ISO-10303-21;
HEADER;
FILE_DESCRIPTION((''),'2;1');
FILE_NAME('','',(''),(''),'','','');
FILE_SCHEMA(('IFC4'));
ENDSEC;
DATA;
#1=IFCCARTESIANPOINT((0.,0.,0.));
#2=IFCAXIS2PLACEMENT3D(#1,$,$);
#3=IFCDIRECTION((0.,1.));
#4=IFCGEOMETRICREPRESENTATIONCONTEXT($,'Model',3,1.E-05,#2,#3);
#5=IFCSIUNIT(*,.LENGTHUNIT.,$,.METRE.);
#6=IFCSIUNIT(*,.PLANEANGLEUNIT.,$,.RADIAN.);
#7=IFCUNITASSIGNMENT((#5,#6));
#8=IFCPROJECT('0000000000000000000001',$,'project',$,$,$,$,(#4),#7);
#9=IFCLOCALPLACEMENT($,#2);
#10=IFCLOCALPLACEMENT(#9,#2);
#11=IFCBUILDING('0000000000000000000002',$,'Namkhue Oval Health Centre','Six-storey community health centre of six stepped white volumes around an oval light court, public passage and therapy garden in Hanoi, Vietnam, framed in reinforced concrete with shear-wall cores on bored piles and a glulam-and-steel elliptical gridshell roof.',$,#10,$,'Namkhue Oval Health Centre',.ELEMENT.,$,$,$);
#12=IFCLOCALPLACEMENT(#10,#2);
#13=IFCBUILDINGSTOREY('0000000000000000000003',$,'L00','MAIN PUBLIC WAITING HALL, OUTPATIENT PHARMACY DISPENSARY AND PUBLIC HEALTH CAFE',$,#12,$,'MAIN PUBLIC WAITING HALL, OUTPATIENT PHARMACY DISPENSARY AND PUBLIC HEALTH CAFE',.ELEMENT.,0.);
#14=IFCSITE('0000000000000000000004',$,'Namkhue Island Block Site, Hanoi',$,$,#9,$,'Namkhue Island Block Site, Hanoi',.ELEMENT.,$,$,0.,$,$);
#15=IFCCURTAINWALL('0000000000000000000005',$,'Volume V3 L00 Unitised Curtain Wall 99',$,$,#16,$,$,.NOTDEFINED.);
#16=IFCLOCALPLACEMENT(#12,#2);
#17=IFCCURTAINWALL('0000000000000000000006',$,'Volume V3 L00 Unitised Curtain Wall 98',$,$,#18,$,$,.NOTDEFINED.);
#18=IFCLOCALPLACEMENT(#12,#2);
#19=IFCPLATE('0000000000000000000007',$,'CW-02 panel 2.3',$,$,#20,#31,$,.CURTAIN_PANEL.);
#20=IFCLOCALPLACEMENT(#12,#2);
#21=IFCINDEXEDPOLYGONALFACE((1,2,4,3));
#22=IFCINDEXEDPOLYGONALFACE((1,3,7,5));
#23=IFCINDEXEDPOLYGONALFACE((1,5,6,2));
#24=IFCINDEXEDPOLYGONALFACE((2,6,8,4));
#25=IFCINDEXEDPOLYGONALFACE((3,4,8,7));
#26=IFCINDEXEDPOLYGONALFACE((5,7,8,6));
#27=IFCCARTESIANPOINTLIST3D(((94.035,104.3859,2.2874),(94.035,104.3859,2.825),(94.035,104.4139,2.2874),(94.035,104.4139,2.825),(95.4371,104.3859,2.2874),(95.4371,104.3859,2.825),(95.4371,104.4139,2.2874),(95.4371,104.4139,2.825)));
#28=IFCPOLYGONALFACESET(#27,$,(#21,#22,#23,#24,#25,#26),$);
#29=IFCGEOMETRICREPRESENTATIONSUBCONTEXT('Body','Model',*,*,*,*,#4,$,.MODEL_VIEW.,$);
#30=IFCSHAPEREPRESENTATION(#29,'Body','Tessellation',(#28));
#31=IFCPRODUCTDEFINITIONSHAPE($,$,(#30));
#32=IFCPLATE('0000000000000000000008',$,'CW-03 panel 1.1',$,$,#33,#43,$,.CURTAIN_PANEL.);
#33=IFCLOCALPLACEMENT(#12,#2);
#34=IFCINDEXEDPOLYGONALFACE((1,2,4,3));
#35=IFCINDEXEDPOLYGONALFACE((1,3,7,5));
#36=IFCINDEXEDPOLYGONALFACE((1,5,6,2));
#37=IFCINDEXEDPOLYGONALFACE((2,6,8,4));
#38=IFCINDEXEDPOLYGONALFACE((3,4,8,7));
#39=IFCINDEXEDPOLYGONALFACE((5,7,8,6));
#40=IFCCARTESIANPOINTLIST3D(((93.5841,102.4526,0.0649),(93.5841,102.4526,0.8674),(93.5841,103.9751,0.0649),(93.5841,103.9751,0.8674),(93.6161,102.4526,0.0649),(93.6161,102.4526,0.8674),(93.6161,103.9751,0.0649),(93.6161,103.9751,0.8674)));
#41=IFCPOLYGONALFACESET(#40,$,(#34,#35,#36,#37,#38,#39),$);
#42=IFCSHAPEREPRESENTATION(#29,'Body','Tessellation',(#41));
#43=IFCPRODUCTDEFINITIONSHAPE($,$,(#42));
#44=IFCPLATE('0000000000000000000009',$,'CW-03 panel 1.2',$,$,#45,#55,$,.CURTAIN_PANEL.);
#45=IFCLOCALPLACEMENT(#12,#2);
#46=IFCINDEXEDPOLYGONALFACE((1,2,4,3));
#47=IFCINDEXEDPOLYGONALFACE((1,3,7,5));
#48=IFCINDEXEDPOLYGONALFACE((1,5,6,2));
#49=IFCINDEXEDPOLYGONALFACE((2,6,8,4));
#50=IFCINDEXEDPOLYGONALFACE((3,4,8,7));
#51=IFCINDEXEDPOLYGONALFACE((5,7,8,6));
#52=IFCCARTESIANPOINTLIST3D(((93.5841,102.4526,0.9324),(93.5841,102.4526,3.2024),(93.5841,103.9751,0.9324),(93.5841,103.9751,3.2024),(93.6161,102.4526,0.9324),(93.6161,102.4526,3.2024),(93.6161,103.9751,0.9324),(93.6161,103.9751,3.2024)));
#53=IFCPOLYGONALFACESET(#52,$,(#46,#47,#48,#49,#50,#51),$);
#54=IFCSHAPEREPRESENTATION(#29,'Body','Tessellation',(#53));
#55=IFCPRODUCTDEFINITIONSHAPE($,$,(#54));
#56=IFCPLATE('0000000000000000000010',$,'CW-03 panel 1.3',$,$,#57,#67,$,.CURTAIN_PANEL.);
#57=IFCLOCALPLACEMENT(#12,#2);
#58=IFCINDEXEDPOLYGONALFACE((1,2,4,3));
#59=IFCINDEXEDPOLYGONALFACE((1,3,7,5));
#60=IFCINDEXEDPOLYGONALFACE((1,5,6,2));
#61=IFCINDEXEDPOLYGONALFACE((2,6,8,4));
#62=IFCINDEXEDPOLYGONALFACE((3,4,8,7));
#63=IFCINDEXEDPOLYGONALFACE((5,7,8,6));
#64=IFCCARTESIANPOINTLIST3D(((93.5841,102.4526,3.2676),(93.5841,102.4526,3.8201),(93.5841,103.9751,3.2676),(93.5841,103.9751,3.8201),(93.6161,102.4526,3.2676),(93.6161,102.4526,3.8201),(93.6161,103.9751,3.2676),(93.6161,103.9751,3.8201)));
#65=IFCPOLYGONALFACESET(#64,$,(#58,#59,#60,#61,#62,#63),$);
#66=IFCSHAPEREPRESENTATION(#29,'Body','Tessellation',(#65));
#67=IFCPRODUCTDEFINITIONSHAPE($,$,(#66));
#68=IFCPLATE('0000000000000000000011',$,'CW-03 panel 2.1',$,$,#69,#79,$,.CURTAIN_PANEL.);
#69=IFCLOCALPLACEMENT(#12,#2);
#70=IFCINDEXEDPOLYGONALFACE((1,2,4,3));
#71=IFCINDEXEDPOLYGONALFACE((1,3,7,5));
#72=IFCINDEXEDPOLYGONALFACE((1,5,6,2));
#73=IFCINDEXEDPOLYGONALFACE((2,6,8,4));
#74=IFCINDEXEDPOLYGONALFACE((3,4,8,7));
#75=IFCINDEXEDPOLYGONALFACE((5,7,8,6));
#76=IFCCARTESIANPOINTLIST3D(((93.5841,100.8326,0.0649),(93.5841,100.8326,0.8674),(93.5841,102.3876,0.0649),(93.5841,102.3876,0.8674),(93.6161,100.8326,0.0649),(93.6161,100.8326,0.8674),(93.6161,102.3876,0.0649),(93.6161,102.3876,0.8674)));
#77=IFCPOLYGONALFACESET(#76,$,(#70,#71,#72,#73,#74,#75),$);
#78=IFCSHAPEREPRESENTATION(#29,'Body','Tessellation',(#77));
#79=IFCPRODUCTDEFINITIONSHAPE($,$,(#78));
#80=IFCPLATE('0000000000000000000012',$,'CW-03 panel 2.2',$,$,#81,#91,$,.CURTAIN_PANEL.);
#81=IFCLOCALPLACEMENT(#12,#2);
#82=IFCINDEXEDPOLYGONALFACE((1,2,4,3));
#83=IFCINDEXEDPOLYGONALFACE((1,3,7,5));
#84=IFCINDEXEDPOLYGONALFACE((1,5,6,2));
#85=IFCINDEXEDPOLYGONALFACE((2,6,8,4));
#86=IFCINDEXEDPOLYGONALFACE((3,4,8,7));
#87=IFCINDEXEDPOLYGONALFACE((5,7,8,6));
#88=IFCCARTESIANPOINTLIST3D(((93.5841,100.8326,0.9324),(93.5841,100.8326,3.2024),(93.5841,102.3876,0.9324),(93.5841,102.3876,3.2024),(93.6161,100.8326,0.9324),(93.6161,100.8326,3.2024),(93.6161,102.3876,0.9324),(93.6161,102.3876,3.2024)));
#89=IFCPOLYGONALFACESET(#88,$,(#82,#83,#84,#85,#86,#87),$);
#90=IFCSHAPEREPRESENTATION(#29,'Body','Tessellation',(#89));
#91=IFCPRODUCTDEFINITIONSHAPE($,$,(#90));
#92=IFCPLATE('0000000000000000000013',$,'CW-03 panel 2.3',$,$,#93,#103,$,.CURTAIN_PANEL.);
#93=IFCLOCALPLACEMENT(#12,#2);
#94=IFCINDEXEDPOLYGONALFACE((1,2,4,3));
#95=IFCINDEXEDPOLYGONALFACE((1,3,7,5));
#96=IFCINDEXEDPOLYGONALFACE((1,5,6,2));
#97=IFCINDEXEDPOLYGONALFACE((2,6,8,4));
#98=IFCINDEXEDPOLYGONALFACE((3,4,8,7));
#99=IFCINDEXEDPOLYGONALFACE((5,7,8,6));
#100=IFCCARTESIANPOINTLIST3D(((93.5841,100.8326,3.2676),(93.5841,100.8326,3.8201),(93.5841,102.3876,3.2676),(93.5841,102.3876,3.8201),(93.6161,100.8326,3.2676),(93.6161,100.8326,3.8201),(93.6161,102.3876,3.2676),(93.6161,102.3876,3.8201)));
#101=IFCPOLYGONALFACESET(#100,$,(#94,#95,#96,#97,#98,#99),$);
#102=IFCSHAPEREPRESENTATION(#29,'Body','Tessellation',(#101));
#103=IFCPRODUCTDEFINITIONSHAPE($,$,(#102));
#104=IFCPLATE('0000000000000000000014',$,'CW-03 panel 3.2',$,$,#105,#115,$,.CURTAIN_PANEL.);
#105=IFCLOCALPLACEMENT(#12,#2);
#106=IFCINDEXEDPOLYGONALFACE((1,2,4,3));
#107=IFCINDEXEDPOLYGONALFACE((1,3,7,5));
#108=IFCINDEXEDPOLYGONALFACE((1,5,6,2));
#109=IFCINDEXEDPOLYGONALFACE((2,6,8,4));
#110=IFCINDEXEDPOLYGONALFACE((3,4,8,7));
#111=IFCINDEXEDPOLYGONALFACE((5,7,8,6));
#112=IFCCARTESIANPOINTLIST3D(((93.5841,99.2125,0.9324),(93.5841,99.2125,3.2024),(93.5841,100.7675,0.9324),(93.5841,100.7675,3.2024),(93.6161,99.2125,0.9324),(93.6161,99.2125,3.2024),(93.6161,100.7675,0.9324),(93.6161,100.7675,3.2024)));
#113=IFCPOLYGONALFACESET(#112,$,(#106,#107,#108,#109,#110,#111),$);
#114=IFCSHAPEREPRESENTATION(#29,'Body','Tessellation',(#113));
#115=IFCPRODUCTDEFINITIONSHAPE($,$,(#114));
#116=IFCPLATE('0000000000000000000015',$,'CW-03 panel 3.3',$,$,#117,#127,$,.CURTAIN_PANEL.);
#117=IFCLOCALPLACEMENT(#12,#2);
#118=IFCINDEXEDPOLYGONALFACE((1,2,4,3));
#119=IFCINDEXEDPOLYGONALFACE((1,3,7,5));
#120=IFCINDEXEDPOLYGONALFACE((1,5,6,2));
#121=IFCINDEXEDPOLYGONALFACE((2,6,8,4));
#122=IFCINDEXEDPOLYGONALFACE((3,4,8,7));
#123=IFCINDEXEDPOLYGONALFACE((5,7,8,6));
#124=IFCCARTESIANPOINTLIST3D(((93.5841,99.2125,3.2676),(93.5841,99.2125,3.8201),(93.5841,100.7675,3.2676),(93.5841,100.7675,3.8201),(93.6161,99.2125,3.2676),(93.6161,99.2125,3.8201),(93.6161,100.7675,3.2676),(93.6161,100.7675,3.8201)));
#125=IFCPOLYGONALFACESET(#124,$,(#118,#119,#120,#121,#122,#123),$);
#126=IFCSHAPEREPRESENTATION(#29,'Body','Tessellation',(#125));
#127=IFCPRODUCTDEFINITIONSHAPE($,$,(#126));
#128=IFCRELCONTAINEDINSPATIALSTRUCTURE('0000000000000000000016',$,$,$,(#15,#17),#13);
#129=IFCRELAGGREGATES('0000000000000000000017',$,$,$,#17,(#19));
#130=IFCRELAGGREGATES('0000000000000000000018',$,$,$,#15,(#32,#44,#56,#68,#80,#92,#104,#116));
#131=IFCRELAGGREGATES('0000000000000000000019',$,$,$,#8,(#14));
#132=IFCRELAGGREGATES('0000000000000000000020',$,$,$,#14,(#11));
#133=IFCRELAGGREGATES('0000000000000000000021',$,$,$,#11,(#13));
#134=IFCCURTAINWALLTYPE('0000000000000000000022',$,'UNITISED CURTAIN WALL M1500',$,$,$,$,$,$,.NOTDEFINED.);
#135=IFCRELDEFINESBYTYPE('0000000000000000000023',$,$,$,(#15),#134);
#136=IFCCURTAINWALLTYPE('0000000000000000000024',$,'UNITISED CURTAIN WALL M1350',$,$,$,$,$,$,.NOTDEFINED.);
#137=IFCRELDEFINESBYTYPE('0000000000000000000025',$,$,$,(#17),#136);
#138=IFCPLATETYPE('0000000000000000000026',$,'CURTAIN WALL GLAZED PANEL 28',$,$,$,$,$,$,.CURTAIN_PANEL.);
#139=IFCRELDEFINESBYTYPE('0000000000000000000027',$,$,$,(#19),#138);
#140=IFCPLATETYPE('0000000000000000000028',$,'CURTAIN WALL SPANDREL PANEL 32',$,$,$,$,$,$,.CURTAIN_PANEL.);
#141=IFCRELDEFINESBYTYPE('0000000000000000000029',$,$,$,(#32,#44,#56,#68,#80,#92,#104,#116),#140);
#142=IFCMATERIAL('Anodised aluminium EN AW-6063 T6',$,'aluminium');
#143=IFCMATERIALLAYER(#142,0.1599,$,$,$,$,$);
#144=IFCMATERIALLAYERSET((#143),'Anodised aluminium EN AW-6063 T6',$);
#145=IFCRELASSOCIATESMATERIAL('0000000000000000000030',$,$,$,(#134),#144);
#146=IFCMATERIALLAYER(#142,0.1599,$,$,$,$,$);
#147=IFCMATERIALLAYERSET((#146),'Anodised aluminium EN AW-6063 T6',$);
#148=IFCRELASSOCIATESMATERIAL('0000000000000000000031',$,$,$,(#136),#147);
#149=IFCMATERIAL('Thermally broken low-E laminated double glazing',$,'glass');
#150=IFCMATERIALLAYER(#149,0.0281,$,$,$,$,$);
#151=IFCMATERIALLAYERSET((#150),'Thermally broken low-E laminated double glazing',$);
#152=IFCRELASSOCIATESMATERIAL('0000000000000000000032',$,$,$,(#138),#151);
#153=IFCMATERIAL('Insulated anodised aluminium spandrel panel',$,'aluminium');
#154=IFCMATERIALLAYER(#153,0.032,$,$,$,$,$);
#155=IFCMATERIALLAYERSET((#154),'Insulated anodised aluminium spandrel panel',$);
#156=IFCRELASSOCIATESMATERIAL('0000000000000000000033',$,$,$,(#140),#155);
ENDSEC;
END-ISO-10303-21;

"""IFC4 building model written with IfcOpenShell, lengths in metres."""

from ifc_helpers import new_model, si_unit, direction, frame, origin, origin_2d, place, context, subcontext, project, spatial, rectangle, extrude, material, layer, layer_set, type_object, element, aggregate, save


model = new_model("IFC4")

# Units and contexts
model_context = context("Model", 3, precision=1e-05, world=origin(), true_north=direction((0.0, 1.0)))
body_context = subcontext(model_context, "Body", "Model", "MODEL_VIEW")
ifc_project = project(units=[si_unit("LENGTHUNIT", "METRE"), si_unit("PLANEANGLEUNIT", "RADIAN")], contexts=[model_context])

# Site, building, storey
site_placement = place(None, origin())
site = spatial("IfcSite", under=ifc_project, at=site_placement, Name="Namkhue Island Block Site, Hanoi", LongName="Namkhue Island Block Site, Hanoi", CompositionType="ELEMENT", RefElevation=0.0)
building_placement = place(site_placement, origin())
building = spatial("IfcBuilding", under=site, at=building_placement, Name="Namkhue Oval Health Centre", Description="Six-storey community health centre of six stepped white volumes around an oval light court, public passage and therapy garden in Hanoi, Vietnam, framed in reinforced concrete with shear-wall cores on bored piles and a glulam-and-steel elliptical gridshell roof.", LongName="Namkhue Oval Health Centre", CompositionType="ELEMENT")
storey_placement = place(building_placement, origin())
storey = spatial("IfcBuildingStorey", under=building, at=storey_placement, Name="L00", Description="MAIN PUBLIC WAITING HALL, OUTPATIENT PHARMACY DISPENSARY AND PUBLIC HEALTH CAFE", LongName="MAIN PUBLIC WAITING HALL, OUTPATIENT PHARMACY DISPENSARY AND PUBLIC HEALTH CAFE", CompositionType="ELEMENT", Elevation=0.0)

# Curtain wall
ifc_material_1 = material(Name="Anodised aluminium EN AW-6063 T6", Category="aluminium")
ifc_layer_1 = layer(ifc_material_1, 0.1599)
ifc_layer_set_1 = layer_set([ifc_layer_1], Name="Anodised aluminium EN AW-6063 T6")
curtain_wall_type_1 = type_object("IfcCurtainWallType", Name="UNITISED CURTAIN WALL M1500", PredefinedType="NOTDEFINED", material=ifc_layer_set_1)
curtain_wall_1_placement = place(storey_placement, origin())
curtain_wall_1 = element("IfcCurtainWall", 1, at=curtain_wall_1_placement, inside=storey, type_object=curtain_wall_type_1, Name="Volume V3 L00 Unitised Curtain Wall 99", PredefinedType="NOTDEFINED")

# Curtain wall
ifc_layer_2 = layer(ifc_material_1, 0.1599)
ifc_layer_set_2 = layer_set([ifc_layer_2], Name="Anodised aluminium EN AW-6063 T6")
curtain_wall_type_2 = type_object("IfcCurtainWallType", Name="UNITISED CURTAIN WALL M1350", PredefinedType="NOTDEFINED", material=ifc_layer_set_2)
curtain_wall_2_placement = place(storey_placement, origin())
curtain_wall_2 = element("IfcCurtainWall", 2, at=curtain_wall_2_placement, inside=storey, type_object=curtain_wall_type_2, Name="Volume V3 L00 Unitised Curtain Wall 98", PredefinedType="NOTDEFINED")

# Plates
ifc_material_2 = material(Name="Thermally broken low-E laminated double glazing", Category="glass")
ifc_layer_3 = layer(ifc_material_2, 0.0281)
ifc_layer_set_3 = layer_set([ifc_layer_3], Name="Thermally broken low-E laminated double glazing")
plate_type_1 = type_object("IfcPlateType", Name="CURTAIN WALL GLAZED PANEL 28", PredefinedType="CURTAIN_PANEL", material=ifc_layer_set_3)
plate_1_placement = place(storey_placement, frame((94.7361, 104.3999, 2.2874), z_axis=(0.0, 0.0, 1.0), x_axis=(-1.0, 0.0, 0.0)))
plate_1 = element("IfcPlate", 3, at=plate_1_placement, type_object=plate_type_1, Name="CW-02 panel 2.3", PredefinedType="CURTAIN_PANEL", context=body_context, shape_type="SweptSolid", body=[
    extrude(rectangle(XDim=1.4021, YDim=0.0281, at=origin_2d()), origin(), (0.0, 0.0, 1.0), 0.5376),
])
aggregate(curtain_wall_2, [plate_1])
ifc_material_3 = material(Name="Insulated anodised aluminium spandrel panel", Category="aluminium")
ifc_layer_4 = layer(ifc_material_3, 0.032)
ifc_layer_set_4 = layer_set([ifc_layer_4], Name="Insulated anodised aluminium spandrel panel")
plate_type_2 = type_object("IfcPlateType", Name="CURTAIN WALL SPANDREL PANEL 32", PredefinedType="CURTAIN_PANEL", material=ifc_layer_set_4)
plate_2_placement = place(storey_placement, frame((93.6001, 103.2139, 0.0649), z_axis=(0.0, 0.0, 1.0), x_axis=(0.0, -1.0, 0.0)))
plate_2 = element("IfcPlate", 4, at=plate_2_placement, type_object=plate_type_2, Name="CW-03 panel 1.1", PredefinedType="CURTAIN_PANEL", context=body_context, shape_type="SweptSolid", body=[
    extrude(rectangle(XDim=1.5225, YDim=0.032, at=origin_2d()), origin(), (0.0, 0.0, 1.0), 0.8025),
])
plate_3_placement = place(storey_placement, frame((93.6001, 103.2139, 0.9324), z_axis=(0.0, 0.0, 1.0), x_axis=(0.0, -1.0, 0.0)))
plate_3 = element("IfcPlate", 5, at=plate_3_placement, type_object=plate_type_2, Name="CW-03 panel 1.2", PredefinedType="CURTAIN_PANEL", context=body_context, shape_type="SweptSolid", body=[
    extrude(rectangle(XDim=1.5225, YDim=0.032, at=origin_2d()), origin(), (0.0, 0.0, 1.0), 2.27),
])
plate_4_placement = place(storey_placement, frame((93.6001, 103.2139, 3.2676), z_axis=(0.0, 0.0, 1.0), x_axis=(0.0, -1.0, 0.0)))
plate_4 = element("IfcPlate", 6, at=plate_4_placement, type_object=plate_type_2, Name="CW-03 panel 1.3", PredefinedType="CURTAIN_PANEL", context=body_context, shape_type="SweptSolid", body=[
    extrude(rectangle(XDim=1.5225, YDim=0.032, at=origin_2d()), origin(), (0.0, 0.0, 1.0), 0.5525),
])
plate_5_placement = place(storey_placement, frame((93.6001, 101.6101, 0.0649), z_axis=(0.0, 0.0, 1.0), x_axis=(0.0, -1.0, 0.0)))
plate_5 = element("IfcPlate", 7, at=plate_5_placement, type_object=plate_type_2, Name="CW-03 panel 2.1", PredefinedType="CURTAIN_PANEL", context=body_context, shape_type="SweptSolid", body=[
    extrude(rectangle(XDim=1.5549, YDim=0.032, at=origin_2d()), origin(), (0.0, 0.0, 1.0), 0.8025),
])
plate_6_placement = place(storey_placement, frame((93.6001, 101.6101, 0.9324), z_axis=(0.0, 0.0, 1.0), x_axis=(0.0, -1.0, 0.0)))
plate_6 = element("IfcPlate", 8, at=plate_6_placement, type_object=plate_type_2, Name="CW-03 panel 2.2", PredefinedType="CURTAIN_PANEL", context=body_context, shape_type="SweptSolid", body=[
    extrude(rectangle(XDim=1.5549, YDim=0.032, at=origin_2d()), origin(), (0.0, 0.0, 1.0), 2.27),
])
plate_7_placement = place(storey_placement, frame((93.6001, 101.6101, 3.2676), z_axis=(0.0, 0.0, 1.0), x_axis=(0.0, -1.0, 0.0)))
plate_7 = element("IfcPlate", 9, at=plate_7_placement, type_object=plate_type_2, Name="CW-03 panel 2.3", PredefinedType="CURTAIN_PANEL", context=body_context, shape_type="SweptSolid", body=[
    extrude(rectangle(XDim=1.5549, YDim=0.032, at=origin_2d()), origin(), (0.0, 0.0, 1.0), 0.5525),
])
plate_8_placement = place(storey_placement, frame((93.6001, 99.99, 0.9324), z_axis=(0.0, 0.0, 1.0), x_axis=(0.0, -1.0, 0.0)))
plate_8 = element("IfcPlate", 10, at=plate_8_placement, type_object=plate_type_2, Name="CW-03 panel 3.2", PredefinedType="CURTAIN_PANEL", context=body_context, shape_type="SweptSolid", body=[
    extrude(rectangle(XDim=1.5549, YDim=0.032, at=origin_2d()), origin(), (0.0, 0.0, 1.0), 2.27),
])
plate_9_placement = place(storey_placement, frame((93.6001, 99.99, 3.2676), z_axis=(0.0, 0.0, 1.0), x_axis=(0.0, -1.0, 0.0)))
plate_9 = element("IfcPlate", 11, at=plate_9_placement, type_object=plate_type_2, Name="CW-03 panel 3.3", PredefinedType="CURTAIN_PANEL", context=body_context, shape_type="SweptSolid", body=[
    extrude(rectangle(XDim=1.5549, YDim=0.032, at=origin_2d()), origin(), (0.0, 0.0, 1.0), 0.5525),
])
aggregate(curtain_wall_1, [plate_2, plate_3, plate_4, plate_5, plate_6, plate_7, plate_8, plate_9])

save(model, "model.ifc")
